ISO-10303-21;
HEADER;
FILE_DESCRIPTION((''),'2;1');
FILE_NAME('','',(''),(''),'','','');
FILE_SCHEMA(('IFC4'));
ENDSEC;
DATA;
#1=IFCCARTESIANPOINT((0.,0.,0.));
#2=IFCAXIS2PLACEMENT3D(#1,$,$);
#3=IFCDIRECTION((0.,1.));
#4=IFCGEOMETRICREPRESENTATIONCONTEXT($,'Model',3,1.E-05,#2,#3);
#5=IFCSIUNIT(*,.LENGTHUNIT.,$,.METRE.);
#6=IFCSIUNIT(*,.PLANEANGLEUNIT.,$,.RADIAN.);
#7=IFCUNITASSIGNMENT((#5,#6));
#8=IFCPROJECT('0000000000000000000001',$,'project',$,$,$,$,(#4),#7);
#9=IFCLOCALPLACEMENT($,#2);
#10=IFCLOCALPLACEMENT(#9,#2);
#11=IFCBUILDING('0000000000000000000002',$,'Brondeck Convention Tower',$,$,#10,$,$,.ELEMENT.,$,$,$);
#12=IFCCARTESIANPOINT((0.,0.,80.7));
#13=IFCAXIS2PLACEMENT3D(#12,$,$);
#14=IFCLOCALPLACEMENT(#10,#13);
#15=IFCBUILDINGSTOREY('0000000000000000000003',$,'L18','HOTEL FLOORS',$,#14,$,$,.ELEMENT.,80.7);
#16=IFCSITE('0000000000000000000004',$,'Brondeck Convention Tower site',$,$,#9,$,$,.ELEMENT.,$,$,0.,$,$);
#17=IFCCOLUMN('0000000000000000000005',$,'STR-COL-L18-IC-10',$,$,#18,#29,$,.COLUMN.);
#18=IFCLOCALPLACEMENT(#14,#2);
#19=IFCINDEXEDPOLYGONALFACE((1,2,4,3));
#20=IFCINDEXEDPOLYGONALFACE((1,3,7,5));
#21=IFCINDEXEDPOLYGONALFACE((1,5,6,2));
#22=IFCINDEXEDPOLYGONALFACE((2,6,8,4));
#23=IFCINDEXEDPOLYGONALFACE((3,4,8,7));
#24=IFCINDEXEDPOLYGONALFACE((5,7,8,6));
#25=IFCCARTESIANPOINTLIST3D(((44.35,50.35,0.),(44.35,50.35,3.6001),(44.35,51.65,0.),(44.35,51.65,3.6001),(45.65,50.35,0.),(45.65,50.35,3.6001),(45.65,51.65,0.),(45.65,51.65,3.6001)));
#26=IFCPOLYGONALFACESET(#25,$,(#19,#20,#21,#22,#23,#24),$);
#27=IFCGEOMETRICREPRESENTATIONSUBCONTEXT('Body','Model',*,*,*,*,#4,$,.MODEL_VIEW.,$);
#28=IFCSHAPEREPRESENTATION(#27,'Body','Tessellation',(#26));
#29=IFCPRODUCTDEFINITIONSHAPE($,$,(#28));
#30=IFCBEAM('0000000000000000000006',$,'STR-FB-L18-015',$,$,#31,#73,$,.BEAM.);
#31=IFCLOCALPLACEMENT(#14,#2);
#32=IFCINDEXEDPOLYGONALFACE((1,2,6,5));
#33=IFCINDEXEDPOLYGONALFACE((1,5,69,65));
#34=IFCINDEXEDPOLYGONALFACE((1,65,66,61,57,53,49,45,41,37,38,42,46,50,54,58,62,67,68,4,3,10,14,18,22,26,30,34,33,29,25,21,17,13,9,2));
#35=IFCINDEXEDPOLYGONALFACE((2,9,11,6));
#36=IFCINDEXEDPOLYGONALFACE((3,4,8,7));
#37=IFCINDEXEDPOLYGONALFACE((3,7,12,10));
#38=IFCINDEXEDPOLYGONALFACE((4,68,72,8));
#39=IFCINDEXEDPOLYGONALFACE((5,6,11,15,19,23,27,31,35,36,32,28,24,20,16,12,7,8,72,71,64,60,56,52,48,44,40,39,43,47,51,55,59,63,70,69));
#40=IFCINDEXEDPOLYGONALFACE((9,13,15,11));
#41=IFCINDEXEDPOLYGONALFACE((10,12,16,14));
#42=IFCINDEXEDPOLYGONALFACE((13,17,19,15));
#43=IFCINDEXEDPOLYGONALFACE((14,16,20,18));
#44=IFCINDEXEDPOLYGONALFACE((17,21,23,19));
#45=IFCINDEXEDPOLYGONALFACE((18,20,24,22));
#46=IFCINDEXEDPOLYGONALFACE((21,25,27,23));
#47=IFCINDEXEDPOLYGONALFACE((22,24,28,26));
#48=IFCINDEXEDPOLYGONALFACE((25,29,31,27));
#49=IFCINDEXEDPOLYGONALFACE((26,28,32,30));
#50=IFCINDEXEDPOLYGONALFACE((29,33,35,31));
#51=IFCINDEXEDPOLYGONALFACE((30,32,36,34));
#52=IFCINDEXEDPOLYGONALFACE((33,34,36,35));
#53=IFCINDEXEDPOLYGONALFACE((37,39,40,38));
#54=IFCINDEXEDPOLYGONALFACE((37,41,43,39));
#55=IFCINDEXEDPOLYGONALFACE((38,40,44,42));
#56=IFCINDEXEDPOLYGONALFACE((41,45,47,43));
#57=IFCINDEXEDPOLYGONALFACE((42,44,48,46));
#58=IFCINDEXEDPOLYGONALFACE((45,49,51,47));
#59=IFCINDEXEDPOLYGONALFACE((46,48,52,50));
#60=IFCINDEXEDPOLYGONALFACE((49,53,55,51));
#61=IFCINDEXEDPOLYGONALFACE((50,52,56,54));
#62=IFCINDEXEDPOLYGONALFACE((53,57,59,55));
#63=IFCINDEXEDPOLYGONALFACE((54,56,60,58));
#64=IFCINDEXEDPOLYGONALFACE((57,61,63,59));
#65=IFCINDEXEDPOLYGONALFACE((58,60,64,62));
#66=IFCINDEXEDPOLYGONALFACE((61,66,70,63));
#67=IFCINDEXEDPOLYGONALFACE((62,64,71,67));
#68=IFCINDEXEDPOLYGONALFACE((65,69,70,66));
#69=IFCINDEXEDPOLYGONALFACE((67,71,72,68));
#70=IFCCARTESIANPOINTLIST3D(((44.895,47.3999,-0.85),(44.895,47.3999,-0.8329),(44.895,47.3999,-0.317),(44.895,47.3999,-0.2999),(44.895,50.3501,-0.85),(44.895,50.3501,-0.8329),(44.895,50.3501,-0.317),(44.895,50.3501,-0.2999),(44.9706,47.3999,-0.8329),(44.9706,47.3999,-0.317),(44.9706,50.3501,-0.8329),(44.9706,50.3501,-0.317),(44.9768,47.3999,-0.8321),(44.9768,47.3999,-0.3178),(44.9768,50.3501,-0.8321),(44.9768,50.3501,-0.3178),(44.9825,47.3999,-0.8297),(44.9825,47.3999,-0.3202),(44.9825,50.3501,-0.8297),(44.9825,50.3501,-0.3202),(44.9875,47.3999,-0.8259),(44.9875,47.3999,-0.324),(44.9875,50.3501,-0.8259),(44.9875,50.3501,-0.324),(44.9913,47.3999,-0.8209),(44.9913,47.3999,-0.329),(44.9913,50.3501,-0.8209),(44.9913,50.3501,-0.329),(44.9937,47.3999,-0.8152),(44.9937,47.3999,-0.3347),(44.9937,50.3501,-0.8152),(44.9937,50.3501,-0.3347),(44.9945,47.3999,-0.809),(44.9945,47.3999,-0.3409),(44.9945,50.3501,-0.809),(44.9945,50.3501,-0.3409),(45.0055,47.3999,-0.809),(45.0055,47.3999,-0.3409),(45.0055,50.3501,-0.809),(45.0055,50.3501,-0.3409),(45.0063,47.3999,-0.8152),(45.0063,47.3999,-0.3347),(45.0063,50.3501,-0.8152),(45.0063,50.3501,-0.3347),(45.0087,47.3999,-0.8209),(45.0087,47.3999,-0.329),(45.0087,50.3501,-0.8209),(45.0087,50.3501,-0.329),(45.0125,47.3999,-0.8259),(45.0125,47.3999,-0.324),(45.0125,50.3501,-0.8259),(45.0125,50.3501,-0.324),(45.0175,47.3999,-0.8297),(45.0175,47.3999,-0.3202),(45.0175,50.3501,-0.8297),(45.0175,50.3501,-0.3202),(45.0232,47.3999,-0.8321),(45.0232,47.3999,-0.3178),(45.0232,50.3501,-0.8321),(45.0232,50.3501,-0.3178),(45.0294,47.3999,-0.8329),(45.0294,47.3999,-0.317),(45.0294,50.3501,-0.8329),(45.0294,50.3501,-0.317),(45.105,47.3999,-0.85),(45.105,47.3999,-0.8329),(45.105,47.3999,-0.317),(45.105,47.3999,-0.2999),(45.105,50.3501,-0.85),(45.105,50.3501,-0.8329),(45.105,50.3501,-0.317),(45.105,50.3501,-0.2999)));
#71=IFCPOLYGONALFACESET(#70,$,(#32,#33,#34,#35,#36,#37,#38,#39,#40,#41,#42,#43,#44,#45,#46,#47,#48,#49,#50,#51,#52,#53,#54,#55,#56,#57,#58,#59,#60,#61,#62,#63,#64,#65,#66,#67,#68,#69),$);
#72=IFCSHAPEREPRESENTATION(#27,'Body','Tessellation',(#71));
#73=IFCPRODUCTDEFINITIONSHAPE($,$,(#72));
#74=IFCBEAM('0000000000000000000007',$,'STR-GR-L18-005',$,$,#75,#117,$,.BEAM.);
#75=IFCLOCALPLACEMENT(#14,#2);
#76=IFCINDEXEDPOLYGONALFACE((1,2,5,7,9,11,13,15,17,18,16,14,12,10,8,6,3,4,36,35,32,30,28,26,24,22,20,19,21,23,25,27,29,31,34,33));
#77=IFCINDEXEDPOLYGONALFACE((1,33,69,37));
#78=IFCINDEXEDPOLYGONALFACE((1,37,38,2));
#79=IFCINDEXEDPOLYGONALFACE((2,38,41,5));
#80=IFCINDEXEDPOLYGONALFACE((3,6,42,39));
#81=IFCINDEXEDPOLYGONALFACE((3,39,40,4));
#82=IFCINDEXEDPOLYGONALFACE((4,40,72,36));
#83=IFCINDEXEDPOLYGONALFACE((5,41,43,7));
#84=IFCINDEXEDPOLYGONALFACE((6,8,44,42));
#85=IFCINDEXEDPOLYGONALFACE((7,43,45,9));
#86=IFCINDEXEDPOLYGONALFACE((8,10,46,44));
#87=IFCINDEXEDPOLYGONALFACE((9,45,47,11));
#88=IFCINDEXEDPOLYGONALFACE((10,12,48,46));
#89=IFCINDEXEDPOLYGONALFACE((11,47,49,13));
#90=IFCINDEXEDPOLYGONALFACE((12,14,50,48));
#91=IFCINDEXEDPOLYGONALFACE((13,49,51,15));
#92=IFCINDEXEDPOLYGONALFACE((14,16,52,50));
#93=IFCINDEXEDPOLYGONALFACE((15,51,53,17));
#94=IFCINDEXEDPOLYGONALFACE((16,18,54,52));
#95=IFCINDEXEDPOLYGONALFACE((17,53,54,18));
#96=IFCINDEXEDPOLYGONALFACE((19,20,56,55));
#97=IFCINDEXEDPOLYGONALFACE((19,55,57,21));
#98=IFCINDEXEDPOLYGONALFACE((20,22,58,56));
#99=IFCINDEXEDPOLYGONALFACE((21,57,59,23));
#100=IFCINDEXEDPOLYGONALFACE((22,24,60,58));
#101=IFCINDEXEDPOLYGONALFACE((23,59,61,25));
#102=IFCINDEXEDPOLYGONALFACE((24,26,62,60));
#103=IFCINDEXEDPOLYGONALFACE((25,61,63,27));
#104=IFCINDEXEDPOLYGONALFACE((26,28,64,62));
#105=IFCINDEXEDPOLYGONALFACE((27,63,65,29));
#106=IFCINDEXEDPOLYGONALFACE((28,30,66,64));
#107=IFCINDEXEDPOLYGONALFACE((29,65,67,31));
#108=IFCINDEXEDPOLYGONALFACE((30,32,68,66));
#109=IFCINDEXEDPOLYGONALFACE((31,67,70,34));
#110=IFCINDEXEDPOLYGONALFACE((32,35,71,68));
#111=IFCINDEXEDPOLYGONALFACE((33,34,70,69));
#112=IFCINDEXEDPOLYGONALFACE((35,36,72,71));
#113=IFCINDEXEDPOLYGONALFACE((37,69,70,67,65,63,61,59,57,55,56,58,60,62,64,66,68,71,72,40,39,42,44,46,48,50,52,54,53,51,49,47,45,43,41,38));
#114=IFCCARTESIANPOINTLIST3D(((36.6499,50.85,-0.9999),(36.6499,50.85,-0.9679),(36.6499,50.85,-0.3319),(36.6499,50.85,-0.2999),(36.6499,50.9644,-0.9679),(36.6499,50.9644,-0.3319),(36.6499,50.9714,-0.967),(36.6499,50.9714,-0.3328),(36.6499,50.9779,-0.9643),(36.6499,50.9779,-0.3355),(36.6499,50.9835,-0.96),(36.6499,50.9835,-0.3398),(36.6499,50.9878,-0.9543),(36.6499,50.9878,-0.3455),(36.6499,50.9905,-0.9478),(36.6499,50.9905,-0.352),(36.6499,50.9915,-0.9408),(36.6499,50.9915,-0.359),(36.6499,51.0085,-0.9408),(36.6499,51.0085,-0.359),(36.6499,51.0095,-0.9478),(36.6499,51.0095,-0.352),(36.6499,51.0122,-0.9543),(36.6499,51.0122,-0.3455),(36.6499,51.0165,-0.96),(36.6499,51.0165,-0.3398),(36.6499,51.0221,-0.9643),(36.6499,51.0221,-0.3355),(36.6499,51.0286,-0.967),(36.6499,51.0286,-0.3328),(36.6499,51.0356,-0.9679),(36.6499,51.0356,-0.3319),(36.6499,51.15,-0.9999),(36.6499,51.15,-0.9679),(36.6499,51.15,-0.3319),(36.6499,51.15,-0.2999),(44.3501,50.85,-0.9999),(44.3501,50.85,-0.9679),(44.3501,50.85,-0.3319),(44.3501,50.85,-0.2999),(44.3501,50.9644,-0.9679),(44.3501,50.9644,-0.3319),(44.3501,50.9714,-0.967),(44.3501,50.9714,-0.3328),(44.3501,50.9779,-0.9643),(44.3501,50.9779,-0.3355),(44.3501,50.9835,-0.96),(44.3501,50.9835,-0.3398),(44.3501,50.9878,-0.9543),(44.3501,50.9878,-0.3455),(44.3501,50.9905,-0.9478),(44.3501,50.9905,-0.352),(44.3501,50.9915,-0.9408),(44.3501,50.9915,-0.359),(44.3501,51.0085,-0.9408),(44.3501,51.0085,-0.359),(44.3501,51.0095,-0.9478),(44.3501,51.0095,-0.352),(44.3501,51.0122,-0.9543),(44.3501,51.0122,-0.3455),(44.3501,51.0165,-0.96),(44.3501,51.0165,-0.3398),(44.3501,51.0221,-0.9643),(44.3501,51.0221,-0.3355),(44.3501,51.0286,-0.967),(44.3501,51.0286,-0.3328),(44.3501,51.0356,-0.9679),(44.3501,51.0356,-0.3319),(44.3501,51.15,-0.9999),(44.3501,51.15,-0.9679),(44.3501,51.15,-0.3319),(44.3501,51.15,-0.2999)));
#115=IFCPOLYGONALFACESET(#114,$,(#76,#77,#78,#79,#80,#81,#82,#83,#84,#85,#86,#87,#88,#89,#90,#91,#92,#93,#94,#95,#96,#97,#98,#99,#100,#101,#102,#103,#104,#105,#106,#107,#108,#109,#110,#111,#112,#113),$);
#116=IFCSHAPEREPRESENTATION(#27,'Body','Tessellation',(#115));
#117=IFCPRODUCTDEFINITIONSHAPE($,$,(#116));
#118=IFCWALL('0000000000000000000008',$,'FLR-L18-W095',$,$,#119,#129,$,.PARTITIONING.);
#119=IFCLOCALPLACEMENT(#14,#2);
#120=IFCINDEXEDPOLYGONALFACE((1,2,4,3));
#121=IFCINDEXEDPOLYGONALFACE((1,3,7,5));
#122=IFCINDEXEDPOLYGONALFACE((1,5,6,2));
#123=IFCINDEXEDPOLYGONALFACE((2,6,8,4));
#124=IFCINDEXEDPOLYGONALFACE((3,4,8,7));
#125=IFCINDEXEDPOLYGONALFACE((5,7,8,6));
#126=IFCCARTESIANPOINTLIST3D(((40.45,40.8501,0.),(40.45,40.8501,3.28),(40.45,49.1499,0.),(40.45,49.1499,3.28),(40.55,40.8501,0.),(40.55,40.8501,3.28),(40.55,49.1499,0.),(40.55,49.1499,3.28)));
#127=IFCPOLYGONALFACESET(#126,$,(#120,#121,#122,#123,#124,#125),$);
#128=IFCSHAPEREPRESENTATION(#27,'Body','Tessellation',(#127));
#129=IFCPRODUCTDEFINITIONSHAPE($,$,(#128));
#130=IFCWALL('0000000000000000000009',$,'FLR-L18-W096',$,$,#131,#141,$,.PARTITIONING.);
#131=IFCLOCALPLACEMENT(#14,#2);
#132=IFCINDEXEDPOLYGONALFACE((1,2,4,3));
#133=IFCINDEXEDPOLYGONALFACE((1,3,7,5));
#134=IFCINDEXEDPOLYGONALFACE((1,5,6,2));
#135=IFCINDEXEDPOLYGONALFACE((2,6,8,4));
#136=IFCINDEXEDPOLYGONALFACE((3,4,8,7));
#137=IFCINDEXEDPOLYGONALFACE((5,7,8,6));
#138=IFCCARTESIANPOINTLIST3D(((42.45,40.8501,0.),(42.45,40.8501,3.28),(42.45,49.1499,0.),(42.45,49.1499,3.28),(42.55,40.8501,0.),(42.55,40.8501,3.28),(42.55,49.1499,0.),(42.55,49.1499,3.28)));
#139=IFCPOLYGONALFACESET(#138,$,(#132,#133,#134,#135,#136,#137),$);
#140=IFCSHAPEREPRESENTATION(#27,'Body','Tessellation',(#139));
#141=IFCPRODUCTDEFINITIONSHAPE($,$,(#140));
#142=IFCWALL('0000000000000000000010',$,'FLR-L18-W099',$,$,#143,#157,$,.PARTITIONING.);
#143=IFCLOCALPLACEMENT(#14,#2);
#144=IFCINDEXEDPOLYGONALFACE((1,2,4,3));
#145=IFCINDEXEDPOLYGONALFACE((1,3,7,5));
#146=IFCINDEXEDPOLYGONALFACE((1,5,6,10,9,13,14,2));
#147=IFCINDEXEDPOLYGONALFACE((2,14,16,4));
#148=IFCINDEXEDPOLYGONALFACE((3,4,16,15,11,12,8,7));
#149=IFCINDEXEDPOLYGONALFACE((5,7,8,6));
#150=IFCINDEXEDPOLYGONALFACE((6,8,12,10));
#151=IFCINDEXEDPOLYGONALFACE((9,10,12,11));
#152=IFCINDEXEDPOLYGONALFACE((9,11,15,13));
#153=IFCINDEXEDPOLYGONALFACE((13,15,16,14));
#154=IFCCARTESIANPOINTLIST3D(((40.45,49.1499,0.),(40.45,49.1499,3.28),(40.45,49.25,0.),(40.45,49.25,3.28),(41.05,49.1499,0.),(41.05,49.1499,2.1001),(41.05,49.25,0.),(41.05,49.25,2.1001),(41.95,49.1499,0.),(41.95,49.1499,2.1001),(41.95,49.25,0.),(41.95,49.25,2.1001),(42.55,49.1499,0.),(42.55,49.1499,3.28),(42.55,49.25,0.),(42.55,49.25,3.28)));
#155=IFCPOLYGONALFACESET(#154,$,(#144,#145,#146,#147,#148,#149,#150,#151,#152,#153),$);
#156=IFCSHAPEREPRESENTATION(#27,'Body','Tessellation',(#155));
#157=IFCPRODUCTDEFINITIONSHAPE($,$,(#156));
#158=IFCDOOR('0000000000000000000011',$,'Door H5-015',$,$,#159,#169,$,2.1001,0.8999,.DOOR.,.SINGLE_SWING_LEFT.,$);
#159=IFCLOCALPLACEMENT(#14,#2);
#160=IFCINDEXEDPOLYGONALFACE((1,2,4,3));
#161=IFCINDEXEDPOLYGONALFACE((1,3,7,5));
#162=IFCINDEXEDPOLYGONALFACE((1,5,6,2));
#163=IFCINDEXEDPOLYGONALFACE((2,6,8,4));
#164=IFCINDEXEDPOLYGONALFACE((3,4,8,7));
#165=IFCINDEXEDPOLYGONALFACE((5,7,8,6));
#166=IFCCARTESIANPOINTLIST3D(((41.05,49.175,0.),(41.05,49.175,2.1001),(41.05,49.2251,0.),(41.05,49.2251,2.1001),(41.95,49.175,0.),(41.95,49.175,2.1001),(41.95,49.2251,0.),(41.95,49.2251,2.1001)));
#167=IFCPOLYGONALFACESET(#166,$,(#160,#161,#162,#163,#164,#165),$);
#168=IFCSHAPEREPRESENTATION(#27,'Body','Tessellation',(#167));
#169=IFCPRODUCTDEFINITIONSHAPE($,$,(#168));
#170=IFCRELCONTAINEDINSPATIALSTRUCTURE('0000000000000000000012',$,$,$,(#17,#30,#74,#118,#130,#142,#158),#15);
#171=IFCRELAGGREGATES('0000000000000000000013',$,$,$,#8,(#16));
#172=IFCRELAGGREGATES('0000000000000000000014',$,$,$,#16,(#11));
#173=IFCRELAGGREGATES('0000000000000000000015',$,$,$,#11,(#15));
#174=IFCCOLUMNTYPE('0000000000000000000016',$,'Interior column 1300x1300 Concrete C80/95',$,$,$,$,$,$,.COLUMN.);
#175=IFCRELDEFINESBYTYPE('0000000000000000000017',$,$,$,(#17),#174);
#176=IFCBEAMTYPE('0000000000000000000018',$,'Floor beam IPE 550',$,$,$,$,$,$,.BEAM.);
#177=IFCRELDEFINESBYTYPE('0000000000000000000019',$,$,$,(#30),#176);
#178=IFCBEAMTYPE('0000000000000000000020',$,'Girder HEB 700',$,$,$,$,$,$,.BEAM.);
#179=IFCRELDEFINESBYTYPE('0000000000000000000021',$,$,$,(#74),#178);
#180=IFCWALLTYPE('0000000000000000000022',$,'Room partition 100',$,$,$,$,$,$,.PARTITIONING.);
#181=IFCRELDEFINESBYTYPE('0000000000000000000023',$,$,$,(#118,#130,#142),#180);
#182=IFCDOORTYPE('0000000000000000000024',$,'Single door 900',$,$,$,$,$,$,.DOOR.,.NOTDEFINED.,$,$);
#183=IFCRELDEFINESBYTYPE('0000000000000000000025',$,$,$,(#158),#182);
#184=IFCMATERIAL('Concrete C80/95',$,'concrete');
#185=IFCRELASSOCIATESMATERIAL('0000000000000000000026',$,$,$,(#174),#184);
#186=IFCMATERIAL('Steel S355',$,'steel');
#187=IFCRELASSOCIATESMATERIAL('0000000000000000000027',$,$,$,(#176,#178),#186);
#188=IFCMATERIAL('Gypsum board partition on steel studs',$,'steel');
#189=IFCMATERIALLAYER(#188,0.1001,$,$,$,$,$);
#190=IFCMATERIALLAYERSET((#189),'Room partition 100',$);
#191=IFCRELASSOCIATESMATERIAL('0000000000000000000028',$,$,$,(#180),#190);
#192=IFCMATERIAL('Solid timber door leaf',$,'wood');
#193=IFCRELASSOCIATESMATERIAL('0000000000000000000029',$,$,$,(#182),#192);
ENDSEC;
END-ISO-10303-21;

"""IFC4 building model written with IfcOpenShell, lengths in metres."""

from ifc_helpers import new_model, si_unit, direction, frame, frame_2d, origin, origin_2d, place, context, subcontext, project, spatial, rectangle, i_section, extrude, material, layer, layer_set, material_profile, profile_set, type_object, element, fill, save


model = new_model("IFC4")

# Units and contexts
model_context = context("Model", 3, precision=1e-05, world=origin(), true_north=direction((0.0, 1.0)))
body_context = subcontext(model_context, "Body", "Model", "MODEL_VIEW")
ifc_project = project(units=[si_unit("LENGTHUNIT", "METRE"), si_unit("PLANEANGLEUNIT", "RADIAN")], contexts=[model_context])

# Site, building, storey
site_placement = place(None, origin())
site = spatial("IfcSite", under=ifc_project, at=site_placement, Name="Brondeck Convention Tower site", CompositionType="ELEMENT", RefElevation=0.0)
building_placement = place(site_placement, origin())
building = spatial("IfcBuilding", under=site, at=building_placement, Name="Brondeck Convention Tower", CompositionType="ELEMENT")
storey_placement = place(building_placement, frame((0.0, 0.0, 80.7)))
storey = spatial("IfcBuildingStorey", under=building, at=storey_placement, Name="L18", Description="HOTEL FLOORS", CompositionType="ELEMENT", Elevation=80.7)

# Column
ifc_material_1 = material(Name="Concrete C80/95", Category="concrete")
ifc_material_profile_1 = material_profile(ifc_material_1, rectangle(XDim=1.3, YDim=1.3, at=origin_2d()), Name="Interior column 1300x1300 Concrete C80/95")
ifc_profile_set_1 = profile_set([ifc_material_profile_1], Name="Concrete C80/95")
column_type = type_object("IfcColumnType", Name="Interior column 1300x1300 Concrete C80/95", PredefinedType="COLUMN", material=ifc_profile_set_1)
column_placement = place(storey_placement, frame((45.0, 51.0, 0.0), z_axis=(0.0, 0.0, 1.0), x_axis=(1.0, 0.0, 0.0)))
element("IfcColumn", 1, at=column_placement, inside=storey, type_object=column_type, Name="STR-COL-L18-IC-10", PredefinedType="COLUMN", context=body_context, shape_type="SweptSolid", body=[
    extrude(rectangle(XDim=1.3, YDim=1.3, at=origin_2d()), origin(), (0.0, 0.0, 1.0), 3.6001),
])

# Beams
ifc_material_2 = material(Name="Steel S355", Category="steel")
ifc_material_profile_2 = material_profile(ifc_material_2, i_section(OverallWidth=0.21, OverallDepth=0.55, WebThickness=0.011, FlangeThickness=0.0171, FilletRadius=0.0239, at=origin_2d()), Name="IPE 550")
ifc_profile_set_2 = profile_set([ifc_material_profile_2], Name="Steel S355")
beam_type_1 = type_object("IfcBeamType", Name="Floor beam IPE 550", PredefinedType="BEAM", material=ifc_profile_set_2)
beam_1_placement = place(storey_placement, frame((45.0, 47.3999, -0.575), z_axis=(0.0, 1.0, 0.0), x_axis=(-1.0, 0.0, 0.0)))
element("IfcBeam", 2, at=beam_1_placement, inside=storey, type_object=beam_type_1, Name="STR-FB-L18-015", PredefinedType="BEAM", context=body_context, shape_type="SweptSolid", body=[
    extrude(i_section(OverallWidth=0.21, OverallDepth=0.55, WebThickness=0.011, FlangeThickness=0.0171, FilletRadius=0.0239, at=origin_2d()), origin(), (0.0, 0.0, 1.0), 2.9502),
])
ifc_material_profile_3 = material_profile(ifc_material_2, i_section(OverallWidth=0.3, OverallDepth=0.7, WebThickness=0.0171, FlangeThickness=0.032, FilletRadius=0.0271, at=origin_2d()), Name="HEB 700")
ifc_profile_set_3 = profile_set([ifc_material_profile_3], Name="Steel S355")
beam_type_2 = type_object("IfcBeamType", Name="Girder HEB 700", PredefinedType="BEAM", material=ifc_profile_set_3)
beam_2_placement = place(storey_placement, frame((36.6499, 51.0, -0.6499), z_axis=(1.0, 0.0, 0.0), x_axis=(0.0, 1.0, 0.0)))
element("IfcBeam", 3, at=beam_2_placement, inside=storey, type_object=beam_type_2, Name="STR-GR-L18-005", PredefinedType="BEAM", context=body_context, shape_type="SweptSolid", body=[
    extrude(i_section(OverallWidth=0.3, OverallDepth=0.7, WebThickness=0.0171, FlangeThickness=0.032, FilletRadius=0.0271, at=origin_2d()), origin(), (0.0, 0.0, 1.0), 7.7002),
])

# Walls
ifc_material_3 = material(Name="Gypsum board partition on steel studs", Category="steel")
ifc_layer_1 = layer(ifc_material_3, 0.1001)
ifc_layer_set_1 = layer_set([ifc_layer_1], Name="Room partition 100")
wall_type_1 = type_object("IfcWallType", Name="Room partition 100", PredefinedType="PARTITIONING", material=ifc_layer_set_1)
for number, where, z_axis, x_axis, name in (
    (4, (40.5, 49.1499, 0.0), (0.0, 0.0, 1.0), (0.0, -1.0, 0.0), "FLR-L18-W095"),
    (5, (42.5, 49.1499, 0.0), (0.0, 0.0, 1.0), (0.0, -1.0, 0.0), "FLR-L18-W096"),
):
    element("IfcWall", number, at=place(storey_placement, frame(where, z_axis=z_axis, x_axis=x_axis)), inside=storey, type_object=wall_type_1, Name=name, PredefinedType="PARTITIONING", context=body_context, shape_type="SweptSolid", body=[
        extrude(rectangle(XDim=8.2998, YDim=0.1001, at=frame_2d((4.1499, 0.0))), origin(), (0.0, 0.0, 1.0), 3.28),
    ])

# Wall, opening, door
wall_1_placement = place(storey_placement, frame((42.55, 49.2, 0.0), z_axis=(0.0, 0.0, 1.0), x_axis=(-1.0, 0.0, 0.0)))
wall_1 = element("IfcWall", 6, at=wall_1_placement, inside=storey, type_object=wall_type_1, Name="FLR-L18-W099", PredefinedType="PARTITIONING", context=body_context, shape_type="SweptSolid", body=[
    extrude(rectangle(XDim=2.1001, YDim=0.1001, at=frame_2d((1.05, 0.0))), origin(), (0.0, 0.0, 1.0), 3.28),
])
opening_1_placement = place(wall_1_placement, frame((0.6001, 0.0, 0.0)))
opening_1 = element("IfcOpeningElement", 7, at=opening_1_placement, cuts=wall_1, PredefinedType="OPENING", context=body_context, shape_type="SweptSolid", body=[
    extrude(rectangle(XDim=0.8999, YDim=2.1001, at=frame_2d((0.45, 1.05))), frame((0.0, 0.0601, 0.0), z_axis=(0.0, -1.0, 0.0), x_axis=(1.0, 0.0, 0.0)), (0.0, 0.0, 1.0), 0.1201),
])
ifc_material_4 = material(Name="Solid timber door leaf", Category="wood")
door_type_1 = type_object("IfcDoorType", Name="Single door 900", OperationType="NOTDEFINED", PredefinedType="DOOR", material=ifc_material_4)
door_1_placement = place(opening_1_placement, origin())
door_1 = element("IfcDoor", 8, at=door_1_placement, inside=storey, type_object=door_type_1, Name="Door H5-015", OperationType="SINGLE_SWING_LEFT", OverallHeight=2.1001, OverallWidth=0.8999, PredefinedType="DOOR", context=body_context, shape_type="SweptSolid", body=[
    extrude(rectangle(XDim=0.8999, YDim=2.1001, at=frame_2d((0.45, 1.05))), frame((0.0, 0.0249, 0.0), z_axis=(0.0, -1.0, 0.0), x_axis=(1.0, 0.0, 0.0)), (0.0, 0.0, 1.0), 0.05),
])
fill(opening_1, door_1)

save(model, "model.ifc")
